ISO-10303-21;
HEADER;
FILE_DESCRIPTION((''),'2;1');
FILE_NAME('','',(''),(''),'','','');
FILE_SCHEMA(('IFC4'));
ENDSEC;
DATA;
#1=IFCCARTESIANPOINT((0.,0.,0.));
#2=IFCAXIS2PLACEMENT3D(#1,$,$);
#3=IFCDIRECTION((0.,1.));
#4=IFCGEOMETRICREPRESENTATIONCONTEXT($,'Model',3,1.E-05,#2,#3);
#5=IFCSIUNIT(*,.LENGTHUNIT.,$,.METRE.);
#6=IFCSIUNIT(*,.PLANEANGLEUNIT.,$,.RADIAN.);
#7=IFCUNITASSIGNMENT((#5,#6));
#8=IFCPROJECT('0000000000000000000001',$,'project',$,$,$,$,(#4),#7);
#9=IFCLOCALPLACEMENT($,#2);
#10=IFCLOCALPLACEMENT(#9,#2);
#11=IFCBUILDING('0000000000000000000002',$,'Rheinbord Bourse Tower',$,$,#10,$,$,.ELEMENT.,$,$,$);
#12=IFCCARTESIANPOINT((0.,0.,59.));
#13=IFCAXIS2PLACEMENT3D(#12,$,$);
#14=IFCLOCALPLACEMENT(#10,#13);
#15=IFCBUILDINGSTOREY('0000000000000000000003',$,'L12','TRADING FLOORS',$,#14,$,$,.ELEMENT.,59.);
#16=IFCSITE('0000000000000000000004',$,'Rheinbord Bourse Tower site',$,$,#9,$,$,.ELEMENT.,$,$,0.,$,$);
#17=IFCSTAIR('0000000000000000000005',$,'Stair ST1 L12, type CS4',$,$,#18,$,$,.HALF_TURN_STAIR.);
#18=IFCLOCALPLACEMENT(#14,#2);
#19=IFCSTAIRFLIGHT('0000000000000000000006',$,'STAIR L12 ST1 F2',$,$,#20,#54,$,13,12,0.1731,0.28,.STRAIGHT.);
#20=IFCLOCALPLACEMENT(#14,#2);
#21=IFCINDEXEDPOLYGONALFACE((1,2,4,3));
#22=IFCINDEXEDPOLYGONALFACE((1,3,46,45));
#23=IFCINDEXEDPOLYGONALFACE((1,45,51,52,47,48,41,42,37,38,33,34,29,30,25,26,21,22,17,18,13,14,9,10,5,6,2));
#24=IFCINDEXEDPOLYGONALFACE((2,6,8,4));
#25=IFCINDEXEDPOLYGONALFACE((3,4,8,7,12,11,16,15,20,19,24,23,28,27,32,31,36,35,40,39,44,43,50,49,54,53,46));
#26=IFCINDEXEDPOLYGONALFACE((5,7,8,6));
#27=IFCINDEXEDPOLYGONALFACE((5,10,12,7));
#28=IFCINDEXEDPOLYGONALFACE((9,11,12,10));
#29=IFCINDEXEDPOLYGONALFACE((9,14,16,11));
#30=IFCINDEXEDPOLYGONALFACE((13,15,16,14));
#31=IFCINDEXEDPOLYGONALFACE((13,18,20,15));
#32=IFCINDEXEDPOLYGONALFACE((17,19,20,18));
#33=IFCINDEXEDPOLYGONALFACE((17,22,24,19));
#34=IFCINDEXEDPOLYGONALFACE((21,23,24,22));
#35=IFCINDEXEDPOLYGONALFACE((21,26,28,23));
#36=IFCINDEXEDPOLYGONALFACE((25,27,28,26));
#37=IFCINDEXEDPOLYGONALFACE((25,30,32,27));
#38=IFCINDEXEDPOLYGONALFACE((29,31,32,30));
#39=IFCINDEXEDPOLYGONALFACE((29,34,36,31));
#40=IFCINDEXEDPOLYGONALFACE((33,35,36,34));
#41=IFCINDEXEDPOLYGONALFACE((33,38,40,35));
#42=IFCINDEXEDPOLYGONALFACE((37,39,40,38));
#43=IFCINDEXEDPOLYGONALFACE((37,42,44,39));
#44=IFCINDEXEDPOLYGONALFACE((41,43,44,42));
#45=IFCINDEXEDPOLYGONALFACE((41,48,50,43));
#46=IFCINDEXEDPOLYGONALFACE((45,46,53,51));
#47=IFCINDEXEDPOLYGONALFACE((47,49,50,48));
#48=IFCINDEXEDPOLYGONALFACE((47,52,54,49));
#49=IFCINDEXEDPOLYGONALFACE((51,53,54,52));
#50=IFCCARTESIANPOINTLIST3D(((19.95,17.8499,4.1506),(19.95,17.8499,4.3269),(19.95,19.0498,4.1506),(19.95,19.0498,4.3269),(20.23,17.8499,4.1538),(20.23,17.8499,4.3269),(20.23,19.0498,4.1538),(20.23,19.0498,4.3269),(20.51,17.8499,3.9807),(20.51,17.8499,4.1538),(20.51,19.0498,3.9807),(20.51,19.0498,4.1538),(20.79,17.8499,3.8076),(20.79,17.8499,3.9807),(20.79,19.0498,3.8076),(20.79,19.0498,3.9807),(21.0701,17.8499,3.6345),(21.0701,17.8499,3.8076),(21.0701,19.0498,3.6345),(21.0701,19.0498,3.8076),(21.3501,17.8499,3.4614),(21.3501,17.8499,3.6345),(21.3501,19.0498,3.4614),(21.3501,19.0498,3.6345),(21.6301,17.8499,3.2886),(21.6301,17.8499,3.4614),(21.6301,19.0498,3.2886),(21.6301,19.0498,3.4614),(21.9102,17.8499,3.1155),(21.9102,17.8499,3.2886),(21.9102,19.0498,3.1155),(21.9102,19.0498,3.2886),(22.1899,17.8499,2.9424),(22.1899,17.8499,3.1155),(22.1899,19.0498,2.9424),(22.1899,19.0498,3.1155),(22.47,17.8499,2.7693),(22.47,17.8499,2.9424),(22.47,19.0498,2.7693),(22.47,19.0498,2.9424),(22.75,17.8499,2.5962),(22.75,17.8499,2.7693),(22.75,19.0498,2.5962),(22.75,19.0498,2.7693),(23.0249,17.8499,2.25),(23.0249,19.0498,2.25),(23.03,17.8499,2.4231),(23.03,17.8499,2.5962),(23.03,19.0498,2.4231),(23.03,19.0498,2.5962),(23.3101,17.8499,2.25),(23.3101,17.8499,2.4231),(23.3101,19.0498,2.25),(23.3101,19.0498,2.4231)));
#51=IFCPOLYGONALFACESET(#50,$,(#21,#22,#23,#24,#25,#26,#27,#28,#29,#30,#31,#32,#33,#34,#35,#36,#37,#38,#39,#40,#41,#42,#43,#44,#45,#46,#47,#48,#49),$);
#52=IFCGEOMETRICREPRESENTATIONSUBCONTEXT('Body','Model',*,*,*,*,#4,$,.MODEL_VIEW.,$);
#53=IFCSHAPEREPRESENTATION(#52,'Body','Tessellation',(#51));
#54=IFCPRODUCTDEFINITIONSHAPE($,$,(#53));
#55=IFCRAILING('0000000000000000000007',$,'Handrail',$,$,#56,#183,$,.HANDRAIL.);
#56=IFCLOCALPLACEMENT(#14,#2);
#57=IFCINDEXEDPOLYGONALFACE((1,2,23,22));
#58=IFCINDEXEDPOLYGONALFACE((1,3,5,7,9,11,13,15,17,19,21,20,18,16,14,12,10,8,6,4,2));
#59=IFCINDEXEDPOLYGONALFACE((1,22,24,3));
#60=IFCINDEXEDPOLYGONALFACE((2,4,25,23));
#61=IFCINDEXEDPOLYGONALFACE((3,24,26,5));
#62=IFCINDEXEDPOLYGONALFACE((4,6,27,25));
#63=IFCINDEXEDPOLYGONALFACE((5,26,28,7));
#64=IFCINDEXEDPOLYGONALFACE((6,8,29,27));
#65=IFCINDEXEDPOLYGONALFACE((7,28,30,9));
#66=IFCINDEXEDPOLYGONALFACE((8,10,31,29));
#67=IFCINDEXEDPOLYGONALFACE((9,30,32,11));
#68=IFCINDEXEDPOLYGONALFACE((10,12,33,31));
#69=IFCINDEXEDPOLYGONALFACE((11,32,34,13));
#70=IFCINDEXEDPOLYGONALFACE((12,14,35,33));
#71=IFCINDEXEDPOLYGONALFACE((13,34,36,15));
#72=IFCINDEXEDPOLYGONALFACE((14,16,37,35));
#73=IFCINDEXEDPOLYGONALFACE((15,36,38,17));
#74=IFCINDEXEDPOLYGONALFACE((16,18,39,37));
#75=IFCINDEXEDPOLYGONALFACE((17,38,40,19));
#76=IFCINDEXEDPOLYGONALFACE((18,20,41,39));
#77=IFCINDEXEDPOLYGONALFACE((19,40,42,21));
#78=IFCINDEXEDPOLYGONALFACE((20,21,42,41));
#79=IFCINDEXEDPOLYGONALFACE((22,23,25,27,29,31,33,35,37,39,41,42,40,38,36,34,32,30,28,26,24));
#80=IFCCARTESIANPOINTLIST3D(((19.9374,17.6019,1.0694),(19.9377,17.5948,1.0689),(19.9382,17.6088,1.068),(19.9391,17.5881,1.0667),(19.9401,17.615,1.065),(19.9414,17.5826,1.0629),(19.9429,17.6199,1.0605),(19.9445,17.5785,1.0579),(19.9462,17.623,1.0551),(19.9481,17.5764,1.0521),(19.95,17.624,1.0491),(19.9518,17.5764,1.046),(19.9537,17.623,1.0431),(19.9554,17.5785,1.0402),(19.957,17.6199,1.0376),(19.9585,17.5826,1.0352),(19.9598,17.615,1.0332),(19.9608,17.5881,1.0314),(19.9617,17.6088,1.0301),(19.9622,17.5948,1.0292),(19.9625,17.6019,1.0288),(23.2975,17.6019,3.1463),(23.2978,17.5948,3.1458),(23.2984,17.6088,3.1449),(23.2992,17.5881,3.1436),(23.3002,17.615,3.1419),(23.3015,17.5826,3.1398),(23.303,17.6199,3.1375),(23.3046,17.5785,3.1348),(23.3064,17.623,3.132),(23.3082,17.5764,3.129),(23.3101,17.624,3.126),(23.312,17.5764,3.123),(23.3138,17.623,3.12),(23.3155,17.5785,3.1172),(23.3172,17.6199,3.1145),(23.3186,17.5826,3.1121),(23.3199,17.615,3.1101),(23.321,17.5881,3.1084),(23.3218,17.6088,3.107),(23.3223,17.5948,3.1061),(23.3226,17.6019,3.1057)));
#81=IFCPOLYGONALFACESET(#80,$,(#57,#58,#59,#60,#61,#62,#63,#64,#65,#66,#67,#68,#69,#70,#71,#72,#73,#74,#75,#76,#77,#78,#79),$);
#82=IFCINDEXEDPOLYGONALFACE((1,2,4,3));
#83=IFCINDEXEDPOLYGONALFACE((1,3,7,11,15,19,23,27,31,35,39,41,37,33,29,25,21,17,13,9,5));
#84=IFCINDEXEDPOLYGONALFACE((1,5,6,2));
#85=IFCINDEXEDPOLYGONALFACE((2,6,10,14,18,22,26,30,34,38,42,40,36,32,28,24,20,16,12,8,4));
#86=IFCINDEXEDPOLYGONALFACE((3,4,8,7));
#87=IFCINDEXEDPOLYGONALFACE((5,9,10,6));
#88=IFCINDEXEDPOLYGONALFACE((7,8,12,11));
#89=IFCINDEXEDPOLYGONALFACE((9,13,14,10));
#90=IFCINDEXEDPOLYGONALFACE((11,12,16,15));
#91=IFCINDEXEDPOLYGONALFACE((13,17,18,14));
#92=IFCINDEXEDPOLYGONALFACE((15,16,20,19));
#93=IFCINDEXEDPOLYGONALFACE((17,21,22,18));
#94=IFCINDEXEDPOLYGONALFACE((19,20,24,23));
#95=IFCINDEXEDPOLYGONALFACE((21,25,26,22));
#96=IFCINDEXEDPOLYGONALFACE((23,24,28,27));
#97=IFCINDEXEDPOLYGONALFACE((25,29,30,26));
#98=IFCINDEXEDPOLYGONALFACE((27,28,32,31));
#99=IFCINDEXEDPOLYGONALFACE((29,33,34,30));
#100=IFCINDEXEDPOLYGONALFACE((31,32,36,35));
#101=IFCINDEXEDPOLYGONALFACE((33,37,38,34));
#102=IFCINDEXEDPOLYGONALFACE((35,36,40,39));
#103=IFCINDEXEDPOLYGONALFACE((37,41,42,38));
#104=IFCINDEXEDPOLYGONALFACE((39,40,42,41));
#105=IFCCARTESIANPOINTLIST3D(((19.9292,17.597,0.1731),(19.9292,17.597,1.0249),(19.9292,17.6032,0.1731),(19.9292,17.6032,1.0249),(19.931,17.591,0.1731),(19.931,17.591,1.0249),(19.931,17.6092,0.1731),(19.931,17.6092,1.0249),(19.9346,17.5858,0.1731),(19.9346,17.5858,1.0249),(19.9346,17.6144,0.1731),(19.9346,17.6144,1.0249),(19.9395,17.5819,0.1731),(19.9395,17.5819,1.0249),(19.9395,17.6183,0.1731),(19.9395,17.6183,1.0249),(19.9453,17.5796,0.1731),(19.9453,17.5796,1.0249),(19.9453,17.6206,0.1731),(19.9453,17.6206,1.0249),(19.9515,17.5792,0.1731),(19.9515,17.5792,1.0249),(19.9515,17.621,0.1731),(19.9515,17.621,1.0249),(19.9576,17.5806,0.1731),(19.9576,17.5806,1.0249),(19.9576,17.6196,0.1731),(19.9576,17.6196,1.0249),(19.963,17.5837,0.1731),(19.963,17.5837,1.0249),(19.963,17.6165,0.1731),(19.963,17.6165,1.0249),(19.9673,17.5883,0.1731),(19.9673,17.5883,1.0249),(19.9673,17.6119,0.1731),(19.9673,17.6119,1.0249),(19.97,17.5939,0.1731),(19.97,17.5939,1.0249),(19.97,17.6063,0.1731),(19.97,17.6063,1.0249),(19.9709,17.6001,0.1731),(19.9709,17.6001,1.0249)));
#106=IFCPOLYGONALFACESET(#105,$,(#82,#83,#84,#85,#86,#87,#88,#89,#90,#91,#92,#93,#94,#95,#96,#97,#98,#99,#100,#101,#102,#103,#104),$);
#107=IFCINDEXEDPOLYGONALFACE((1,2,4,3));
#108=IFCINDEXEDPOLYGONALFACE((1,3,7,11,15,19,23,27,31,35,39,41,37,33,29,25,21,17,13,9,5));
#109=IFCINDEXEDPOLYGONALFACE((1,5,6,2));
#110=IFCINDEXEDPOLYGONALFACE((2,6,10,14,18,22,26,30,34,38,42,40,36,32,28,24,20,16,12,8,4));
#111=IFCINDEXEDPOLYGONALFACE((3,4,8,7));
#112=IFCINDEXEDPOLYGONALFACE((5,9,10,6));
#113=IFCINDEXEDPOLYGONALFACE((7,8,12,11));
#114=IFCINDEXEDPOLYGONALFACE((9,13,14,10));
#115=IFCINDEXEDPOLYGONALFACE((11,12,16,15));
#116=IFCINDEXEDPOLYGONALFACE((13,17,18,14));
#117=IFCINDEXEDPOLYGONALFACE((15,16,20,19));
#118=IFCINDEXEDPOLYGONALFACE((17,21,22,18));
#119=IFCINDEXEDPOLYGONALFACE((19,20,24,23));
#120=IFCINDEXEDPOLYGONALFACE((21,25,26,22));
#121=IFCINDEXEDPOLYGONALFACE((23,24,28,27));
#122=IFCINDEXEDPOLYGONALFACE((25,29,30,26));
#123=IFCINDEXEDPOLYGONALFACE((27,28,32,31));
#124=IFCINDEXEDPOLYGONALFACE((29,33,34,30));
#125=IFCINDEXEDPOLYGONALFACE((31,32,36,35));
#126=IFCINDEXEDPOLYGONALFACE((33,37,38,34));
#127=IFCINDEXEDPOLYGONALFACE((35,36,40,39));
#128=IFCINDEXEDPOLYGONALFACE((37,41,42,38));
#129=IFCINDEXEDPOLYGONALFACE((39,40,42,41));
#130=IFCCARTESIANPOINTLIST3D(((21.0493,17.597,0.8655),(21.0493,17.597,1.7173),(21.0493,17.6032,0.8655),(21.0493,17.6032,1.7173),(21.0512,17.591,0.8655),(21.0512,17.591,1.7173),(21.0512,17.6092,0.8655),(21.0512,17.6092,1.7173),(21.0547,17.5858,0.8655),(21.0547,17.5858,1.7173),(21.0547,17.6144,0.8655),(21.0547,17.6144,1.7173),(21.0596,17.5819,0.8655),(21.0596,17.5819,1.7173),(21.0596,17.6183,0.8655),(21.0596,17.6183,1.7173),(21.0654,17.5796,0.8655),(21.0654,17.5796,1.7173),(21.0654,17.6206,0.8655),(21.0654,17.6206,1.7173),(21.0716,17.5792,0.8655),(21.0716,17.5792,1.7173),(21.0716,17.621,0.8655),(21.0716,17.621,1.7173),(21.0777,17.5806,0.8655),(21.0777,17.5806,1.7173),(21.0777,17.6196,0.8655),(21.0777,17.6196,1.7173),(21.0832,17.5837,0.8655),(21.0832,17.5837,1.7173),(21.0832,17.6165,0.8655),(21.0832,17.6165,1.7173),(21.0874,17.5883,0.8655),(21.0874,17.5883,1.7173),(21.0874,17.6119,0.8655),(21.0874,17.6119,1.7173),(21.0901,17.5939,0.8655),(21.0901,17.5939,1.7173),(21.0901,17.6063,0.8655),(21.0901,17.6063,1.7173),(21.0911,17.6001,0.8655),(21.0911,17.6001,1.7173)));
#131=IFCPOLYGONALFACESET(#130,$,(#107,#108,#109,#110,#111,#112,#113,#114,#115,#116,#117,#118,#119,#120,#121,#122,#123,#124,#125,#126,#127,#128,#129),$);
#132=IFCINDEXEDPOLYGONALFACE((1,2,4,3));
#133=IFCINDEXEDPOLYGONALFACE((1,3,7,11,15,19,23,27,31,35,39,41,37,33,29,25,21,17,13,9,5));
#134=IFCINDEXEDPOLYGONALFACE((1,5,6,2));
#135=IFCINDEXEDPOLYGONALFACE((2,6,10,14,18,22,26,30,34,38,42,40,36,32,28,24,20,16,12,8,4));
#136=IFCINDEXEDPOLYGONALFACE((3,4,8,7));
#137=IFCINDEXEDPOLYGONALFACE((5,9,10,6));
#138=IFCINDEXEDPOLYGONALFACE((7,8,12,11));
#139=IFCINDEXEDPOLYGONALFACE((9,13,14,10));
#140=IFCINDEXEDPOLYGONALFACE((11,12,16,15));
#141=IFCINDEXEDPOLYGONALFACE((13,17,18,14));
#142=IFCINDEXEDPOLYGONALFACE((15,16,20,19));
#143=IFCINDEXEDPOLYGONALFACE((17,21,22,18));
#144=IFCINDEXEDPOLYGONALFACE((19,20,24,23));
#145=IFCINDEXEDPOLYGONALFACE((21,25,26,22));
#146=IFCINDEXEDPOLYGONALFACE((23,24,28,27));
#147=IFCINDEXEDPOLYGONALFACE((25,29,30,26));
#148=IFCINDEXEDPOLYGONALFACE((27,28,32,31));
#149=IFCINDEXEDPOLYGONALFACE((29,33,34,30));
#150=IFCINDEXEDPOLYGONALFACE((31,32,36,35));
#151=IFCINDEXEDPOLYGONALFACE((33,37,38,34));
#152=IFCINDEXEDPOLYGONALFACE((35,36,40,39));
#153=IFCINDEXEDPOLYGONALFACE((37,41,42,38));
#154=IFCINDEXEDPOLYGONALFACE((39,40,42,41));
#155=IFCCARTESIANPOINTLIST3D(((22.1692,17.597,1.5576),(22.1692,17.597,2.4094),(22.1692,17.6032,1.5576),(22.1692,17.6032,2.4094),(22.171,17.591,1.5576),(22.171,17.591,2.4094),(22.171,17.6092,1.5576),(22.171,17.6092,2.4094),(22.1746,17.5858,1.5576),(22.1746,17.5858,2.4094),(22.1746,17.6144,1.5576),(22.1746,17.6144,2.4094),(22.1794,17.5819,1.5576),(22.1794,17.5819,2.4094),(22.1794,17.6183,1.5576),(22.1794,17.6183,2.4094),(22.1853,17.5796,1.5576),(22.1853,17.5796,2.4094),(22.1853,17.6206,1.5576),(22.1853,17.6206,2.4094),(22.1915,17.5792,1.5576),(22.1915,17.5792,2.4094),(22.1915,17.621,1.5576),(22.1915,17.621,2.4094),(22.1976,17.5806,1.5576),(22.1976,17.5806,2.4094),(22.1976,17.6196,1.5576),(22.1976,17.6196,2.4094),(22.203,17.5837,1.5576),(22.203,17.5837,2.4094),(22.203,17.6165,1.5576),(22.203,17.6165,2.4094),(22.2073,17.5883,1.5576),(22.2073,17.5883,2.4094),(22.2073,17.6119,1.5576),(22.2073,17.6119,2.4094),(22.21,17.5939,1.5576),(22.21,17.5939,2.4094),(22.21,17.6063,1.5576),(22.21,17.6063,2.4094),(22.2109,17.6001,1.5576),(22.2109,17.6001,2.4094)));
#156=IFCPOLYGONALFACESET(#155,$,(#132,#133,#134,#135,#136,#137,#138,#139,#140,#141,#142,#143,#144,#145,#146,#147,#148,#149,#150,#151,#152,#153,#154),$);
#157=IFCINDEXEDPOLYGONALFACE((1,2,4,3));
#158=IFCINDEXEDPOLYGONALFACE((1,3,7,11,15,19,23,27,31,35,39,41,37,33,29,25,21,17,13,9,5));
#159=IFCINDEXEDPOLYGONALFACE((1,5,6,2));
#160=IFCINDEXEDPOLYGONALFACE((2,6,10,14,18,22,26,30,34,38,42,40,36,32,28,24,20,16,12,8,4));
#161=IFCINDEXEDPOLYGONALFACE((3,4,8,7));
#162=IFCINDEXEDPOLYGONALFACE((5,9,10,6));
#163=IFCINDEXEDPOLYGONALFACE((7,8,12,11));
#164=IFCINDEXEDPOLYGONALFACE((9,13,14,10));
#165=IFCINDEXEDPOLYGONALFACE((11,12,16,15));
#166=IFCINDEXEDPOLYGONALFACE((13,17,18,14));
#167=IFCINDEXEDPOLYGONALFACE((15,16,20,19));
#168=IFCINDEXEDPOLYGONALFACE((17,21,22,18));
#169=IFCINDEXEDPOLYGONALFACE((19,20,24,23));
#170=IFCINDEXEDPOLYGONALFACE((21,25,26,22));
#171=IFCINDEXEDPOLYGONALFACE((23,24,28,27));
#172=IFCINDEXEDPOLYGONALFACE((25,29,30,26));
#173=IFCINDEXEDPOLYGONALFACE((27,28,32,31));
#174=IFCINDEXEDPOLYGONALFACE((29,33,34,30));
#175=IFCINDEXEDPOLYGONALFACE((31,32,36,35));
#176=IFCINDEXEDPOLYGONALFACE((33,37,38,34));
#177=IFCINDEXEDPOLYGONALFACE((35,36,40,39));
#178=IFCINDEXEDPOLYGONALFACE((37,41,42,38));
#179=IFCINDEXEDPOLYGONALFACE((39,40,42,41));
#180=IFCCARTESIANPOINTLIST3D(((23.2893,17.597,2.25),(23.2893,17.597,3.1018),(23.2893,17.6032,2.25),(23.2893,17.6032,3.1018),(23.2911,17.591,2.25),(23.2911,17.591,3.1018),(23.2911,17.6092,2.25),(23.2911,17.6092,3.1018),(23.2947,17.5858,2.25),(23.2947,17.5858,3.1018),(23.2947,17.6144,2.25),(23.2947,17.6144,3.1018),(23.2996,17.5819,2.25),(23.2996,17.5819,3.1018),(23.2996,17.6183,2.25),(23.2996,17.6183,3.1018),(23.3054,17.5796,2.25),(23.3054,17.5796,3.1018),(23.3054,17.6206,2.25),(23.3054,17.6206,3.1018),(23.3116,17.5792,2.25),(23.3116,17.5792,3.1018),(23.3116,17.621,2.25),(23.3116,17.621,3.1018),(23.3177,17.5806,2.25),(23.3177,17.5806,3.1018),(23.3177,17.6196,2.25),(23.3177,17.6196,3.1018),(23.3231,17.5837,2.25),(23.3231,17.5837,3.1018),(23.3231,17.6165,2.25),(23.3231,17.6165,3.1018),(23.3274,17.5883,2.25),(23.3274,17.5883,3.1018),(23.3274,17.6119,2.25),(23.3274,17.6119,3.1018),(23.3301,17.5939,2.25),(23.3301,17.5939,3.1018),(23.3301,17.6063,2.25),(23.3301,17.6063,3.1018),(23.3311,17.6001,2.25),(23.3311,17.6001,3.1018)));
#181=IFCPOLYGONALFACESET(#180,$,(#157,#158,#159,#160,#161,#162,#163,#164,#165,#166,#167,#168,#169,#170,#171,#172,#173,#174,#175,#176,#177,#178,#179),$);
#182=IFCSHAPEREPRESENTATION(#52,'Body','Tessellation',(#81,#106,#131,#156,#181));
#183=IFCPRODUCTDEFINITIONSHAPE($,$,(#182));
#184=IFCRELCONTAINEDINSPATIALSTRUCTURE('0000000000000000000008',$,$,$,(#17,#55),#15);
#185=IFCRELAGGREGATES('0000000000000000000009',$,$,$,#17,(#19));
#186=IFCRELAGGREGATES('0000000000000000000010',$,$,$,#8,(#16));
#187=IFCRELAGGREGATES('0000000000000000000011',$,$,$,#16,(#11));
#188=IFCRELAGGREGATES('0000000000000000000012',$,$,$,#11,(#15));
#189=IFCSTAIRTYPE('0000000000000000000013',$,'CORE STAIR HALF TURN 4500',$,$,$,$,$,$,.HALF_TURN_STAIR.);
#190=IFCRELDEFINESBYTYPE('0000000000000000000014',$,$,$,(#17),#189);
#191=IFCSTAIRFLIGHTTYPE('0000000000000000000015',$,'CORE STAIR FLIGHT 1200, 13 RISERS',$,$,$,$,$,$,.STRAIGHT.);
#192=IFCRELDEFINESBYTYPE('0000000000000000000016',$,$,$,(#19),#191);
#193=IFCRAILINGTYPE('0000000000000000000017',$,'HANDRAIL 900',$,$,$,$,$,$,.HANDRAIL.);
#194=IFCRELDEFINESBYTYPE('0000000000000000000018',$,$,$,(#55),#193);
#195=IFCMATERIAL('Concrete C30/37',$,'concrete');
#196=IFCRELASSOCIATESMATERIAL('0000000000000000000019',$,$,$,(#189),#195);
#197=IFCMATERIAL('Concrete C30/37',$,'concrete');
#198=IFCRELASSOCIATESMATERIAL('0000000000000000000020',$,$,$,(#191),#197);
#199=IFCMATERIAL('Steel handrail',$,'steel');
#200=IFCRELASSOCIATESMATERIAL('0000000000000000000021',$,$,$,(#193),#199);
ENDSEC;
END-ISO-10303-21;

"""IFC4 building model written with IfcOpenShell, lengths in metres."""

from ifc_helpers import new_model, si_unit, direction, frame, origin, origin_2d, place, context, subcontext, project, spatial, polyline, circle, outline, extrude, material, type_object, element, aggregate, save


model = new_model("IFC4")

# Units and contexts
model_context = context("Model", 3, precision=1e-05, world=origin(), true_north=direction((0.0, 1.0)))
body_context = subcontext(model_context, "Body", "Model", "MODEL_VIEW")
ifc_project = project(units=[si_unit("LENGTHUNIT", "METRE"), si_unit("PLANEANGLEUNIT", "RADIAN")], contexts=[model_context])

# Site, building, storey
site_placement = place(None, origin())
site = spatial("IfcSite", under=ifc_project, at=site_placement, Name="Rheinbord Bourse Tower site", CompositionType="ELEMENT", RefElevation=0.0)
building_placement = place(site_placement, origin())
building = spatial("IfcBuilding", under=site, at=building_placement, Name="Rheinbord Bourse Tower", CompositionType="ELEMENT")
storey_placement = place(building_placement, frame((0.0, 0.0, 59.0)))
storey = spatial("IfcBuildingStorey", under=building, at=storey_placement, Name="L12", Description="TRADING FLOORS", CompositionType="ELEMENT", Elevation=59.0)

# Stair, stair flight
ifc_material_1 = material(Name="Concrete C30/37", Category="concrete")
stair_type = type_object("IfcStairType", Name="CORE STAIR HALF TURN 4500", PredefinedType="HALF_TURN_STAIR", material=ifc_material_1)
stair_placement = place(storey_placement, origin())
stair = element("IfcStair", 1, at=stair_placement, inside=storey, type_object=stair_type, Name="Stair ST1 L12, type CS4", PredefinedType="HALF_TURN_STAIR")
ifc_material_2 = material(Name="Concrete C30/37", Category="concrete")
stair_flight_type = type_object("IfcStairFlightType", Name="CORE STAIR FLIGHT 1200, 13 RISERS", PredefinedType="STRAIGHT", material=ifc_material_2)
stair_flight_1_placement = place(storey_placement, frame((23.3101, 18.45, 2.25), z_axis=(0.0, 0.0, 1.0), x_axis=(-1.0, 0.0, 0.0)))
stair_flight_1 = element("IfcStairFlight", 2, at=stair_flight_1_placement, type_object=stair_flight_type, Name="STAIR L12 ST1 F2", NumberOfRisers=13, NumberOfTreads=12, PredefinedType="STRAIGHT", RiserHeight=0.1731, TreadLength=0.28, context=body_context, shape_type="SweptSolid", body=[
    extrude(outline(polyline([(0.0, 0.0), (0.0, 0.1731), (0.28, 0.1731), (0.28, 0.3462), (0.5601, 0.3462), (0.5601, 0.5193), (0.8401, 0.5193), (0.8401, 0.6924), (1.1201, 0.6924), (1.1201, 0.8655), (1.3999, 0.8655), (1.3999, 1.0386), (1.6799, 1.0386), (1.6799, 1.2114), (1.96, 1.2114), (1.96, 1.3845), (2.24, 1.3845), (2.24, 1.5576), (2.52, 1.5576), (2.52, 1.7307), (2.8, 1.7307), (2.8, 1.9038), (3.0801, 1.9038), (3.0801, 2.0769), (3.3601, 2.0769), (3.3601, 2.25), (3.3601, 1.9006), (0.2852, 0.0), (0.0, 0.0)])), frame((0.0, 0.6001, 0.0), z_axis=(0.0, -1.0, 0.0), x_axis=(1.0, 0.0, 0.0)), (0.0, 0.0, 1.0), 1.2),
])
aggregate(stair, [stair_flight_1])

# Railing
ifc_material_3 = material(Name="Steel handrail", Category="steel")
railing_type = type_object("IfcRailingType", Name="HANDRAIL 900", PredefinedType="HANDRAIL", material=ifc_material_3)
railing_1_placement = place(storey_placement, frame((19.95, 17.6001, 0.1731)))
element("IfcRailing", 3, at=railing_1_placement, inside=storey, type_object=railing_type, Name="Handrail", PredefinedType="HANDRAIL", context=body_context, shape_type="SweptSolid", body=[
    extrude(circle(Radius=0.0239, at=origin_2d()), frame((0.0, 0.0, 0.876), z_axis=(0.850623, 0.0, 0.525776), x_axis=(0.0, 1.0, 0.0)), (0.0, 0.0, 1.0), 3.9502),
    extrude(circle(Radius=0.021, at=origin_2d()), origin(), (0.0, 0.0, 1.0), 0.8518),
    extrude(circle(Radius=0.021, at=origin_2d()), frame((1.1201, 0.0, 0.6924)), (0.0, 0.0, 1.0), 0.8518),
    extrude(circle(Radius=0.021, at=origin_2d()), frame((2.24, 0.0, 1.3845)), (0.0, 0.0, 1.0), 0.8518),
    extrude(circle(Radius=0.021, at=origin_2d()), frame((3.3601, 0.0, 2.0769)), (0.0, 0.0, 1.0), 0.8518),
])

save(model, "model.ifc")
